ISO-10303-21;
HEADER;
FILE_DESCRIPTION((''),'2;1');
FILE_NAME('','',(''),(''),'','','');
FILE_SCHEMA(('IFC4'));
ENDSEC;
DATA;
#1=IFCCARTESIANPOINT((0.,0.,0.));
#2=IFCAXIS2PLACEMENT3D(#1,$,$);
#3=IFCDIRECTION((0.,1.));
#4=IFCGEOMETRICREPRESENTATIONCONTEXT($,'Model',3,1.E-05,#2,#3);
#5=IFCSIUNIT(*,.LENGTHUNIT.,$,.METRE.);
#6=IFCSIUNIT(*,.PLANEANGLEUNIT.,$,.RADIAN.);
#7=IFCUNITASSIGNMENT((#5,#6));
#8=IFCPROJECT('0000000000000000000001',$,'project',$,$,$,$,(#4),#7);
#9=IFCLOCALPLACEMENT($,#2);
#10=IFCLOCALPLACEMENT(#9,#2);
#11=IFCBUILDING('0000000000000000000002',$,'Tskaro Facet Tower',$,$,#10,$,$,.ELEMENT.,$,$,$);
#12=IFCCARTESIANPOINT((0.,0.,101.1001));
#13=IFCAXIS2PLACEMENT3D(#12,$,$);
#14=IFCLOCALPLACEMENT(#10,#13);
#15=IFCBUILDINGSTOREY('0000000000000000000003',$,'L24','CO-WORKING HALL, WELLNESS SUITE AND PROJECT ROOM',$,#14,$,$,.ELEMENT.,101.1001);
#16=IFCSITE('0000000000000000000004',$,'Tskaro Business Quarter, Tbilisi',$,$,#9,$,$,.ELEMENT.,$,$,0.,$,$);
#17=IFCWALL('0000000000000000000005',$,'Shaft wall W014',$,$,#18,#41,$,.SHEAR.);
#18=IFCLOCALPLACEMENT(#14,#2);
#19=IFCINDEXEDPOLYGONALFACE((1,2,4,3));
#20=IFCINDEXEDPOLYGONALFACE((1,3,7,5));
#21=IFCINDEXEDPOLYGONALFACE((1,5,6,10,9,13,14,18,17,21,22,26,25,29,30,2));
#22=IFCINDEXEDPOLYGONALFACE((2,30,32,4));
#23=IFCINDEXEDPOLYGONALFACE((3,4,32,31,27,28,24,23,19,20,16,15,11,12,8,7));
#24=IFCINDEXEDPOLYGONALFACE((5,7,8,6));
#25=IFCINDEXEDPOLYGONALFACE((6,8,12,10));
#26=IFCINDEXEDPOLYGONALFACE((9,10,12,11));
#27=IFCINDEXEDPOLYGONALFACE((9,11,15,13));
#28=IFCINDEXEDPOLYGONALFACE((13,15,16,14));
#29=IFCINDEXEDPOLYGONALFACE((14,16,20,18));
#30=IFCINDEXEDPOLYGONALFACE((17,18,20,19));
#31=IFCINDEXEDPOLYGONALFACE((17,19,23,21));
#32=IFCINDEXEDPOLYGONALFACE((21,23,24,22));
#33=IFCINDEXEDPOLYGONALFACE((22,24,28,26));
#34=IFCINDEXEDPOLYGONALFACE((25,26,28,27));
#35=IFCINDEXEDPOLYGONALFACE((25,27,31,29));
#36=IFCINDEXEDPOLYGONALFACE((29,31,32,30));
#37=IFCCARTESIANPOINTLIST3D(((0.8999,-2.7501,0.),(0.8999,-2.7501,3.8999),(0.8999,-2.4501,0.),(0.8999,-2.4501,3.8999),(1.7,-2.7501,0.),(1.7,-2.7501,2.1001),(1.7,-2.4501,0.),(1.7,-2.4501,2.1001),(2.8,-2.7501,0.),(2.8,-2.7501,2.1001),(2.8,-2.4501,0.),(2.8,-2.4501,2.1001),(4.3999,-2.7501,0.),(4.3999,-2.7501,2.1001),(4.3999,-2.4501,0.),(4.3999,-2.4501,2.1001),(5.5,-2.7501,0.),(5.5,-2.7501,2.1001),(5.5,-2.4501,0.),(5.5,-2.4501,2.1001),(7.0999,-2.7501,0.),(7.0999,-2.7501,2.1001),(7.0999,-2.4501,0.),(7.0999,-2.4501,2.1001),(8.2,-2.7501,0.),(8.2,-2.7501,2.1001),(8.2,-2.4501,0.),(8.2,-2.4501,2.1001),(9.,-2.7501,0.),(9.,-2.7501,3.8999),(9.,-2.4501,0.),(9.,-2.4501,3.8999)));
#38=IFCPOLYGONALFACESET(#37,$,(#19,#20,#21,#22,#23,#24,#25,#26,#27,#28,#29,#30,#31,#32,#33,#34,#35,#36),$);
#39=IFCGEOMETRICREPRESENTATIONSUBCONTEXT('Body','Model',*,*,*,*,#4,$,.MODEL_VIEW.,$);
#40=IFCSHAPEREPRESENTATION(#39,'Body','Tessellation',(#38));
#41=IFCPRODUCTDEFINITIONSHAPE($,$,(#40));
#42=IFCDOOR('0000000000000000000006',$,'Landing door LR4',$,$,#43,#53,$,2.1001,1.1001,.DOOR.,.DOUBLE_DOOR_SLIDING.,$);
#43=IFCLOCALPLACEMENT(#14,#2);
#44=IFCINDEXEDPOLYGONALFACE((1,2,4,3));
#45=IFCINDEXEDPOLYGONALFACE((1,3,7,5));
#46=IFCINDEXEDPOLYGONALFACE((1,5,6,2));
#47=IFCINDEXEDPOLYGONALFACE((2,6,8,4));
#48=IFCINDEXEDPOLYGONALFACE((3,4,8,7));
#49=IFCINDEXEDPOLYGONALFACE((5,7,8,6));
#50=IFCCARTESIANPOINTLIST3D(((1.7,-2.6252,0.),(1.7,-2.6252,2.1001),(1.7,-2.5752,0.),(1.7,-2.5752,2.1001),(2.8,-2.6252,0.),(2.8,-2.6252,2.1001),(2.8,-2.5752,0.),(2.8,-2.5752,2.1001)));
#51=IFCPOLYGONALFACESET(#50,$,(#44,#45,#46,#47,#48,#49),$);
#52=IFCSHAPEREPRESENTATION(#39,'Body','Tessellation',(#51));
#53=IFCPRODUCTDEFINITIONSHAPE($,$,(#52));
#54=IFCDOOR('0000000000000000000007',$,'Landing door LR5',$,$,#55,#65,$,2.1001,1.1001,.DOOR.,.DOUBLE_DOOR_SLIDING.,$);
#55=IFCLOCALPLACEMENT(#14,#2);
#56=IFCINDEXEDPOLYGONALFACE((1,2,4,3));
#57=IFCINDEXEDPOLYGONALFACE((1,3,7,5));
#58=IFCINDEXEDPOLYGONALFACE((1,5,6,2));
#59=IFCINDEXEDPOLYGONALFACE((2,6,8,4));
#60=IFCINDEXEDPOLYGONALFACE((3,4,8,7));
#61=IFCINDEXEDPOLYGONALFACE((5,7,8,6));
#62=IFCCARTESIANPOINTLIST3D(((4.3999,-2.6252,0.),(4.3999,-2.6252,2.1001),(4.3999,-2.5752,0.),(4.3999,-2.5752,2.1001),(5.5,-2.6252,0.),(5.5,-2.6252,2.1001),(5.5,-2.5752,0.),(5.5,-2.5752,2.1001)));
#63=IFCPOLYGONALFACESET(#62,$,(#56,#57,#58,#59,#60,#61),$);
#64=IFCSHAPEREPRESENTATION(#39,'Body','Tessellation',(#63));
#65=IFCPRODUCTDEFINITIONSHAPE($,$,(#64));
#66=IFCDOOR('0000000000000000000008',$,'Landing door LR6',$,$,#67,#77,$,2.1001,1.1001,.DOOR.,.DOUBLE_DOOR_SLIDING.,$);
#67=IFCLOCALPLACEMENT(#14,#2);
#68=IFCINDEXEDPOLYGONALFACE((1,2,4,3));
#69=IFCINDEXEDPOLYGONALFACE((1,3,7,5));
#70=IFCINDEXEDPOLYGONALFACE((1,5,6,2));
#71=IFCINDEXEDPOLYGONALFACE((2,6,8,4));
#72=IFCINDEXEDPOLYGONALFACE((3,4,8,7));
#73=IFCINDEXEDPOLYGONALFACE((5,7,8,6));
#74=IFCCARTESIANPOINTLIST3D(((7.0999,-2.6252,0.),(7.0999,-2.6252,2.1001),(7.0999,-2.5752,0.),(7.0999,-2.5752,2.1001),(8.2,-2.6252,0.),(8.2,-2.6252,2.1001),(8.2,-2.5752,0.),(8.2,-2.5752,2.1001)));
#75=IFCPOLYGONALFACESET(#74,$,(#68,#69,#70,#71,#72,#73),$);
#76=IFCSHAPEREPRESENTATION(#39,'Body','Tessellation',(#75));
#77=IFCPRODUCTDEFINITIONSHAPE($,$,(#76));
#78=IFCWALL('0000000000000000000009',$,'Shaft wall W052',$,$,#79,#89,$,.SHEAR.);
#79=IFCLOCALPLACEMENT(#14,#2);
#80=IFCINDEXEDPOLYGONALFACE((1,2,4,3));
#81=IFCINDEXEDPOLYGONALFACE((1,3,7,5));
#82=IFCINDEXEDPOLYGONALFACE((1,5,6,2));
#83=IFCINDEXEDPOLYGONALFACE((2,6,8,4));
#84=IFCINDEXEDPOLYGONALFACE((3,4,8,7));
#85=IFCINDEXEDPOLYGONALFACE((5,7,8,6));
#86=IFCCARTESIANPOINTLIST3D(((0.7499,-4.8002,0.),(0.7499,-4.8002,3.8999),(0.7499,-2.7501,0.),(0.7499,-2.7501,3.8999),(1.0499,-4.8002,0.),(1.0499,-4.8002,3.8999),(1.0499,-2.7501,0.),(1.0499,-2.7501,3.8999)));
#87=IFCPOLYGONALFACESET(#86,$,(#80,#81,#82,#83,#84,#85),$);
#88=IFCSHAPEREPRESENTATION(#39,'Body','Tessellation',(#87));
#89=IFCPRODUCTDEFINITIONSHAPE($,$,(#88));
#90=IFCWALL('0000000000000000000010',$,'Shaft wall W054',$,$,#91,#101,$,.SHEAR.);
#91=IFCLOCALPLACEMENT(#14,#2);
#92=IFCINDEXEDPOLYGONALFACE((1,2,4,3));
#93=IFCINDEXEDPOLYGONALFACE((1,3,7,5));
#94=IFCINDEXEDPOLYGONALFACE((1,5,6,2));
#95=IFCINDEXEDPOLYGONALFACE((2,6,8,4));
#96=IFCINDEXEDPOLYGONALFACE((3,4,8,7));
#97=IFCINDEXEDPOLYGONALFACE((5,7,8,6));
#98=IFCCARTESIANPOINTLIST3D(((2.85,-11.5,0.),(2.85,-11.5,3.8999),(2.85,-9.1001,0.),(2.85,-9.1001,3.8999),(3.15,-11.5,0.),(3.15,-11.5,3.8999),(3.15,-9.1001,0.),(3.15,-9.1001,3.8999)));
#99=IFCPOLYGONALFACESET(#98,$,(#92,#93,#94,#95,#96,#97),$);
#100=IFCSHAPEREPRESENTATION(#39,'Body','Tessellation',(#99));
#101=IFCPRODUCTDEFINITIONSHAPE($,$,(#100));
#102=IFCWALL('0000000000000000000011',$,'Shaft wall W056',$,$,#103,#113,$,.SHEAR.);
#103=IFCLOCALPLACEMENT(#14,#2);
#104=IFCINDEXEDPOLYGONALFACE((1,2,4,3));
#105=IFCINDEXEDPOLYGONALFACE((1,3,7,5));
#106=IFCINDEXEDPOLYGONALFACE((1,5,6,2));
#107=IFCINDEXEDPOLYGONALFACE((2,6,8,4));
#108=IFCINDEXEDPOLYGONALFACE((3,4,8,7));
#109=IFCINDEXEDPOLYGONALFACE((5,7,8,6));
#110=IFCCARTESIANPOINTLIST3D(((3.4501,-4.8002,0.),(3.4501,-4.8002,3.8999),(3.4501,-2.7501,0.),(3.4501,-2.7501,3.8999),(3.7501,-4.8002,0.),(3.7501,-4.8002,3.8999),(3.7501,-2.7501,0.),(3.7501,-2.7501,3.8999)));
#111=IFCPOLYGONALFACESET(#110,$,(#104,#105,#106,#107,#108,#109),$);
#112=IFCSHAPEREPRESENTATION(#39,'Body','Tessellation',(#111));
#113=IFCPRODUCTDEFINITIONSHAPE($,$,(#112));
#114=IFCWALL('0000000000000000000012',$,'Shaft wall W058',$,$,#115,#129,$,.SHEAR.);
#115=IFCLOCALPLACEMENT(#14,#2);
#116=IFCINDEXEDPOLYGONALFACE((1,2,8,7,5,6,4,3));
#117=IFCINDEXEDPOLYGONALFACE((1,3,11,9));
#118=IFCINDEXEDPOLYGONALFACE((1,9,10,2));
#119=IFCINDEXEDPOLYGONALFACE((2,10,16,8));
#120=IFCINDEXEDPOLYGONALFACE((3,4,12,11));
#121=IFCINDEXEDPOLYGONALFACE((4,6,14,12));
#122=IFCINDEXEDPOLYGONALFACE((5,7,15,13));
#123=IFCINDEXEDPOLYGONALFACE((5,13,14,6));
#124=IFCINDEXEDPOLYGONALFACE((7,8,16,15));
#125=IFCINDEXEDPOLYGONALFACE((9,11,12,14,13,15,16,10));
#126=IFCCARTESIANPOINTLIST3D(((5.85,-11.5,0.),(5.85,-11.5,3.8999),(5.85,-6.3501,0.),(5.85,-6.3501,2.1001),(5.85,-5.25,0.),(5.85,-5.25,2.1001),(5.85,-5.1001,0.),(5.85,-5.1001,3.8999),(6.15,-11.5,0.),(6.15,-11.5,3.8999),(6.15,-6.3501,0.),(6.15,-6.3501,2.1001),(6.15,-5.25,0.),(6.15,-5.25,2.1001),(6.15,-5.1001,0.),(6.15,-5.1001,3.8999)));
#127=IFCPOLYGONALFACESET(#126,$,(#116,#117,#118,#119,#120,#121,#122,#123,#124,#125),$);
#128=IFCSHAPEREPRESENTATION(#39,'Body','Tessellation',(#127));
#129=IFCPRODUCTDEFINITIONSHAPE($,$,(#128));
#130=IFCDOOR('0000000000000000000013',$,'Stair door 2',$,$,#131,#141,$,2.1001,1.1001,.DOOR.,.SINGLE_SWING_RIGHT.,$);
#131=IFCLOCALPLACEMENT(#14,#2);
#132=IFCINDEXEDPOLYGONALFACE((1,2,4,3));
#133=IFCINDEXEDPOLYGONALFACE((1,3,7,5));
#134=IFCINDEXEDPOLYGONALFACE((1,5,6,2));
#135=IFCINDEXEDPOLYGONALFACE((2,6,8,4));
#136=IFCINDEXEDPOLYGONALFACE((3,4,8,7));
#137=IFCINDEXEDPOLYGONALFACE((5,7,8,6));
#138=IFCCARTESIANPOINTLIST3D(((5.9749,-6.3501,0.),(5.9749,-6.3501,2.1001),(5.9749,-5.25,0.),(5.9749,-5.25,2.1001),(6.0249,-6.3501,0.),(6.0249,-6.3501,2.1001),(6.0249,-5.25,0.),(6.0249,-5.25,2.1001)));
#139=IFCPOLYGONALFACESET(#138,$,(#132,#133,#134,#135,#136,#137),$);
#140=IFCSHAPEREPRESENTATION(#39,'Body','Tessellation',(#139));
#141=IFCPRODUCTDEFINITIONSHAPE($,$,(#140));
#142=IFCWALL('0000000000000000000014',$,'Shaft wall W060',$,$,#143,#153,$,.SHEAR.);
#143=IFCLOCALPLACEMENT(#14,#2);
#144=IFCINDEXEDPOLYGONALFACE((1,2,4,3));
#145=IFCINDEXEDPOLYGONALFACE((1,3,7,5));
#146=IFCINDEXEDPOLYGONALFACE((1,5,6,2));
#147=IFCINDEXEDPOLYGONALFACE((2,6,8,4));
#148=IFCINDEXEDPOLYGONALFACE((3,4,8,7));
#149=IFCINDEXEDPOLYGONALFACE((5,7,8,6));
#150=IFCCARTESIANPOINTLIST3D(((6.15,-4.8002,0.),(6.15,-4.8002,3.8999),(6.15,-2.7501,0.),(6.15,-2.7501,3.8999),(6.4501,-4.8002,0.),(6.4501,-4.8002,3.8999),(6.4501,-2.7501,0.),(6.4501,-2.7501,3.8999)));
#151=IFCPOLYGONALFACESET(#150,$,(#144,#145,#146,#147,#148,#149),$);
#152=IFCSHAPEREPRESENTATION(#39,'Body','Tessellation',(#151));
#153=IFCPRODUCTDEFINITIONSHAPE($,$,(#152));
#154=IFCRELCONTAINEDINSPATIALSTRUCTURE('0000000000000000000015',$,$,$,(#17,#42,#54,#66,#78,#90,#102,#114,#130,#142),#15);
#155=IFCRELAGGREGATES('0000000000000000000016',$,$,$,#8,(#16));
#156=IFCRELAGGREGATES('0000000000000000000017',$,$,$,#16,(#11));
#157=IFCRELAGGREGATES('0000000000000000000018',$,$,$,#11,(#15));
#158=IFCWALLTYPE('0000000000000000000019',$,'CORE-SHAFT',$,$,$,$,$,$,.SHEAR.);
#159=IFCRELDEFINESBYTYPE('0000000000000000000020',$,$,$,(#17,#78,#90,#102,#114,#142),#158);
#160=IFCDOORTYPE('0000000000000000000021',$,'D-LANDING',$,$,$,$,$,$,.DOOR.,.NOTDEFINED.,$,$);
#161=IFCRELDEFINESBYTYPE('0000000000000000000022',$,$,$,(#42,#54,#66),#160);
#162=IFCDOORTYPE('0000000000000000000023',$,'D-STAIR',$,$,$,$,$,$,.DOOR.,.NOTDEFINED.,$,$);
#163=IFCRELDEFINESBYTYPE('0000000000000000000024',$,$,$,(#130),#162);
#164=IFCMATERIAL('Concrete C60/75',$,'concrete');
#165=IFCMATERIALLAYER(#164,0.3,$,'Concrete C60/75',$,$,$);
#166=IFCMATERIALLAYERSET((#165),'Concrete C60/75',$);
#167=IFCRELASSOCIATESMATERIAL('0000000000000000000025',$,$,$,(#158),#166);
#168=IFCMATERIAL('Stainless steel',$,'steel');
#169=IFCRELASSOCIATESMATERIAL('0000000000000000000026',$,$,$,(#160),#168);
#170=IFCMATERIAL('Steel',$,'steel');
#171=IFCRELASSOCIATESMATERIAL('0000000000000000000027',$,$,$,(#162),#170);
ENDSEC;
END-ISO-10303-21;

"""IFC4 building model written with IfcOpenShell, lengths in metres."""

from ifc_helpers import new_model, si_unit, direction, frame, frame_2d, origin, place, context, subcontext, project, spatial, rectangle, extrude, material, layer, layer_set, type_object, element, fill, save


model = new_model("IFC4")

# Units and contexts
model_context = context("Model", 3, precision=1e-05, world=origin(), true_north=direction((0.0, 1.0)))
body_context = subcontext(model_context, "Body", "Model", "MODEL_VIEW")
ifc_project = project(units=[si_unit("LENGTHUNIT", "METRE"), si_unit("PLANEANGLEUNIT", "RADIAN")], contexts=[model_context])

# Site, building, storey
site_placement = place(None, origin())
site = spatial("IfcSite", under=ifc_project, at=site_placement, Name="Tskaro Business Quarter, Tbilisi", CompositionType="ELEMENT", RefElevation=0.0)
building_placement = place(site_placement, origin())
building = spatial("IfcBuilding", under=site, at=building_placement, Name="Tskaro Facet Tower", CompositionType="ELEMENT")
storey_placement = place(building_placement, frame((0.0, 0.0, 101.1001)))
storey = spatial("IfcBuildingStorey", under=building, at=storey_placement, Name="L24", Description="CO-WORKING HALL, WELLNESS SUITE AND PROJECT ROOM", CompositionType="ELEMENT", Elevation=101.1001)

# Shared definitions
ifc_material_1 = material(Name="Concrete C60/75", Category="concrete")
ifc_layer_1 = layer(ifc_material_1, 0.3, Name="Concrete C60/75")
ifc_layer_set_1 = layer_set([ifc_layer_1], Name="Concrete C60/75")
wall_type_1 = type_object("IfcWallType", Name="CORE-SHAFT", PredefinedType="SHEAR", material=ifc_layer_set_1)

# Wall, openings, doors
wall_1_placement = place(storey_placement, frame((0.8999, -2.6001, 0.0), z_axis=(0.0, 0.0, 1.0), x_axis=(1.0, 0.0, 0.0)))
wall_1 = element("IfcWall", 1, at=wall_1_placement, inside=storey, type_object=wall_type_1, Name="Shaft wall W014", PredefinedType="SHEAR", context=body_context, shape_type="SweptSolid", body=[
    extrude(rectangle(XDim=8.1001, YDim=0.3, at=frame_2d((4.05, 0.0))), origin(), (0.0, 0.0, 1.0), 3.8999),
])
opening_1_placement = place(wall_1_placement, frame((0.8, 0.0, 0.0)))
opening_1 = element("IfcOpeningElement", 2, at=opening_1_placement, cuts=wall_1, PredefinedType="OPENING", context=body_context, shape_type="SweptSolid", body=[
    extrude(rectangle(XDim=1.1001, YDim=2.1001, at=frame_2d((0.55, 1.05))), frame((0.0, 0.1599, 0.0), z_axis=(0.0, -1.0, 0.0), x_axis=(1.0, 0.0, 0.0)), (0.0, 0.0, 1.0), 0.3201),
])
opening_2_placement = place(wall_1_placement, frame((3.5, 0.0, 0.0)))
opening_2 = element("IfcOpeningElement", 3, at=opening_2_placement, cuts=wall_1, PredefinedType="OPENING", context=body_context, shape_type="SweptSolid", body=[
    extrude(rectangle(XDim=1.1001, YDim=2.1001, at=frame_2d((0.55, 1.05))), frame((0.0, 0.1599, 0.0), z_axis=(0.0, -1.0, 0.0), x_axis=(1.0, 0.0, 0.0)), (0.0, 0.0, 1.0), 0.3201),
])
opening_3_placement = place(wall_1_placement, frame((6.2, 0.0, 0.0)))
opening_3 = element("IfcOpeningElement", 4, at=opening_3_placement, cuts=wall_1, PredefinedType="OPENING", context=body_context, shape_type="SweptSolid", body=[
    extrude(rectangle(XDim=1.1001, YDim=2.1001, at=frame_2d((0.55, 1.05))), frame((0.0, 0.1599, 0.0), z_axis=(0.0, -1.0, 0.0), x_axis=(1.0, 0.0, 0.0)), (0.0, 0.0, 1.0), 0.3201),
])
ifc_material_2 = material(Name="Stainless steel", Category="steel")
door_type_1 = type_object("IfcDoorType", Name="D-LANDING", OperationType="NOTDEFINED", PredefinedType="DOOR", material=ifc_material_2)
door_1_placement = place(opening_1_placement, origin())
door_1 = element("IfcDoor", 5, at=door_1_placement, inside=storey, type_object=door_type_1, Name="Landing door LR4", OperationType="DOUBLE_DOOR_SLIDING", OverallHeight=2.1001, OverallWidth=1.1001, PredefinedType="DOOR", context=body_context, shape_type="SweptSolid", body=[
    extrude(rectangle(XDim=1.1001, YDim=2.1001, at=frame_2d((0.55, 1.05))), frame((0.0, 0.0249, 0.0), z_axis=(0.0, -1.0, 0.0), x_axis=(1.0, 0.0, 0.0)), (0.0, 0.0, 1.0), 0.05),
])
fill(opening_1, door_1)
door_2_placement = place(opening_2_placement, origin())
door_2 = element("IfcDoor", 6, at=door_2_placement, inside=storey, type_object=door_type_1, Name="Landing door LR5", OperationType="DOUBLE_DOOR_SLIDING", OverallHeight=2.1001, OverallWidth=1.1001, PredefinedType="DOOR", context=body_context, shape_type="SweptSolid", body=[
    extrude(rectangle(XDim=1.1001, YDim=2.1001, at=frame_2d((0.55, 1.05))), frame((0.0, 0.0249, 0.0), z_axis=(0.0, -1.0, 0.0), x_axis=(1.0, 0.0, 0.0)), (0.0, 0.0, 1.0), 0.05),
])
fill(opening_2, door_2)
door_3_placement = place(opening_3_placement, origin())
door_3 = element("IfcDoor", 7, at=door_3_placement, inside=storey, type_object=door_type_1, Name="Landing door LR6", OperationType="DOUBLE_DOOR_SLIDING", OverallHeight=2.1001, OverallWidth=1.1001, PredefinedType="DOOR", context=body_context, shape_type="SweptSolid", body=[
    extrude(rectangle(XDim=1.1001, YDim=2.1001, at=frame_2d((0.55, 1.05))), frame((0.0, 0.0249, 0.0), z_axis=(0.0, -1.0, 0.0), x_axis=(1.0, 0.0, 0.0)), (0.0, 0.0, 1.0), 0.05),
])
fill(opening_3, door_3)

# Walls
wall_2_placement = place(storey_placement, frame((0.8999, -4.8, 0.0), z_axis=(0.0, 0.0, 1.0), x_axis=(0.0, 1.0, 0.0)))
element("IfcWall", 8, at=wall_2_placement, inside=storey, type_object=wall_type_1, Name="Shaft wall W052", PredefinedType="SHEAR", context=body_context, shape_type="SweptSolid", body=[
    extrude(rectangle(XDim=2.05, YDim=0.3, at=frame_2d((1.0249, 0.0))), origin(), (0.0, 0.0, 1.0), 3.8999),
])
wall_3_placement = place(storey_placement, frame((3.0, -11.5, 0.0), z_axis=(0.0, 0.0, 1.0), x_axis=(0.0, 1.0, 0.0)))
element("IfcWall", 9, at=wall_3_placement, inside=storey, type_object=wall_type_1, Name="Shaft wall W054", PredefinedType="SHEAR", context=body_context, shape_type="SweptSolid", body=[
    extrude(rectangle(XDim=2.3999, YDim=0.3, at=frame_2d((1.2, 0.0))), origin(), (0.0, 0.0, 1.0), 3.8999),
])
wall_4_placement = place(storey_placement, frame((3.6001, -4.8, 0.0), z_axis=(0.0, 0.0, 1.0), x_axis=(0.0, 1.0, 0.0)))
element("IfcWall", 10, at=wall_4_placement, inside=storey, type_object=wall_type_1, Name="Shaft wall W056", PredefinedType="SHEAR", context=body_context, shape_type="SweptSolid", body=[
    extrude(rectangle(XDim=2.05, YDim=0.3, at=frame_2d((1.0249, 0.0))), origin(), (0.0, 0.0, 1.0), 3.8999),
])

# Wall, opening, door
wall_5_placement = place(storey_placement, frame((6.0, -5.1001, 0.0), z_axis=(0.0, 0.0, 1.0), x_axis=(0.0, -1.0, 0.0)))
wall_5 = element("IfcWall", 11, at=wall_5_placement, inside=storey, type_object=wall_type_1, Name="Shaft wall W058", PredefinedType="SHEAR", context=body_context, shape_type="SweptSolid", body=[
    extrude(rectangle(XDim=6.3999, YDim=0.3, at=frame_2d((3.2, 0.0))), origin(), (0.0, 0.0, 1.0), 3.8999),
])
opening_4_placement = place(wall_5_placement, frame((0.1499, 0.0, 0.0)))
opening_4 = element("IfcOpeningElement", 12, at=opening_4_placement, cuts=wall_5, PredefinedType="OPENING", context=body_context, shape_type="SweptSolid", body=[
    extrude(rectangle(XDim=1.1001, YDim=2.1001, at=frame_2d((0.55, 1.05))), frame((0.0, 0.1599, 0.0), z_axis=(0.0, -1.0, 0.0), x_axis=(1.0, 0.0, 0.0)), (0.0, 0.0, 1.0), 0.3201),
])
ifc_material_3 = material(Name="Steel", Category="steel")
door_type_2 = type_object("IfcDoorType", Name="D-STAIR", OperationType="NOTDEFINED", PredefinedType="DOOR", material=ifc_material_3)
door_4_placement = place(opening_4_placement, origin())
door_4 = element("IfcDoor", 13, at=door_4_placement, inside=storey, type_object=door_type_2, Name="Stair door 2", OperationType="SINGLE_SWING_RIGHT", OverallHeight=2.1001, OverallWidth=1.1001, PredefinedType="DOOR", context=body_context, shape_type="SweptSolid", body=[
    extrude(rectangle(XDim=1.1001, YDim=2.1001, at=frame_2d((0.55, 1.05))), frame((0.0, 0.0249, 0.0), z_axis=(0.0, -1.0, 0.0), x_axis=(1.0, 0.0, 0.0)), (0.0, 0.0, 1.0), 0.05),
])
fill(opening_4, door_4)

# Wall
wall_6_placement = place(storey_placement, frame((6.3, -4.8, 0.0), z_axis=(0.0, 0.0, 1.0), x_axis=(0.0, 1.0, 0.0)))
element("IfcWall", 14, at=wall_6_placement, inside=storey, type_object=wall_type_1, Name="Shaft wall W060", PredefinedType="SHEAR", context=body_context, shape_type="SweptSolid", body=[
    extrude(rectangle(XDim=2.05, YDim=0.3, at=frame_2d((1.0249, 0.0))), origin(), (0.0, 0.0, 1.0), 3.8999),
])

save(model, "model.ifc")
